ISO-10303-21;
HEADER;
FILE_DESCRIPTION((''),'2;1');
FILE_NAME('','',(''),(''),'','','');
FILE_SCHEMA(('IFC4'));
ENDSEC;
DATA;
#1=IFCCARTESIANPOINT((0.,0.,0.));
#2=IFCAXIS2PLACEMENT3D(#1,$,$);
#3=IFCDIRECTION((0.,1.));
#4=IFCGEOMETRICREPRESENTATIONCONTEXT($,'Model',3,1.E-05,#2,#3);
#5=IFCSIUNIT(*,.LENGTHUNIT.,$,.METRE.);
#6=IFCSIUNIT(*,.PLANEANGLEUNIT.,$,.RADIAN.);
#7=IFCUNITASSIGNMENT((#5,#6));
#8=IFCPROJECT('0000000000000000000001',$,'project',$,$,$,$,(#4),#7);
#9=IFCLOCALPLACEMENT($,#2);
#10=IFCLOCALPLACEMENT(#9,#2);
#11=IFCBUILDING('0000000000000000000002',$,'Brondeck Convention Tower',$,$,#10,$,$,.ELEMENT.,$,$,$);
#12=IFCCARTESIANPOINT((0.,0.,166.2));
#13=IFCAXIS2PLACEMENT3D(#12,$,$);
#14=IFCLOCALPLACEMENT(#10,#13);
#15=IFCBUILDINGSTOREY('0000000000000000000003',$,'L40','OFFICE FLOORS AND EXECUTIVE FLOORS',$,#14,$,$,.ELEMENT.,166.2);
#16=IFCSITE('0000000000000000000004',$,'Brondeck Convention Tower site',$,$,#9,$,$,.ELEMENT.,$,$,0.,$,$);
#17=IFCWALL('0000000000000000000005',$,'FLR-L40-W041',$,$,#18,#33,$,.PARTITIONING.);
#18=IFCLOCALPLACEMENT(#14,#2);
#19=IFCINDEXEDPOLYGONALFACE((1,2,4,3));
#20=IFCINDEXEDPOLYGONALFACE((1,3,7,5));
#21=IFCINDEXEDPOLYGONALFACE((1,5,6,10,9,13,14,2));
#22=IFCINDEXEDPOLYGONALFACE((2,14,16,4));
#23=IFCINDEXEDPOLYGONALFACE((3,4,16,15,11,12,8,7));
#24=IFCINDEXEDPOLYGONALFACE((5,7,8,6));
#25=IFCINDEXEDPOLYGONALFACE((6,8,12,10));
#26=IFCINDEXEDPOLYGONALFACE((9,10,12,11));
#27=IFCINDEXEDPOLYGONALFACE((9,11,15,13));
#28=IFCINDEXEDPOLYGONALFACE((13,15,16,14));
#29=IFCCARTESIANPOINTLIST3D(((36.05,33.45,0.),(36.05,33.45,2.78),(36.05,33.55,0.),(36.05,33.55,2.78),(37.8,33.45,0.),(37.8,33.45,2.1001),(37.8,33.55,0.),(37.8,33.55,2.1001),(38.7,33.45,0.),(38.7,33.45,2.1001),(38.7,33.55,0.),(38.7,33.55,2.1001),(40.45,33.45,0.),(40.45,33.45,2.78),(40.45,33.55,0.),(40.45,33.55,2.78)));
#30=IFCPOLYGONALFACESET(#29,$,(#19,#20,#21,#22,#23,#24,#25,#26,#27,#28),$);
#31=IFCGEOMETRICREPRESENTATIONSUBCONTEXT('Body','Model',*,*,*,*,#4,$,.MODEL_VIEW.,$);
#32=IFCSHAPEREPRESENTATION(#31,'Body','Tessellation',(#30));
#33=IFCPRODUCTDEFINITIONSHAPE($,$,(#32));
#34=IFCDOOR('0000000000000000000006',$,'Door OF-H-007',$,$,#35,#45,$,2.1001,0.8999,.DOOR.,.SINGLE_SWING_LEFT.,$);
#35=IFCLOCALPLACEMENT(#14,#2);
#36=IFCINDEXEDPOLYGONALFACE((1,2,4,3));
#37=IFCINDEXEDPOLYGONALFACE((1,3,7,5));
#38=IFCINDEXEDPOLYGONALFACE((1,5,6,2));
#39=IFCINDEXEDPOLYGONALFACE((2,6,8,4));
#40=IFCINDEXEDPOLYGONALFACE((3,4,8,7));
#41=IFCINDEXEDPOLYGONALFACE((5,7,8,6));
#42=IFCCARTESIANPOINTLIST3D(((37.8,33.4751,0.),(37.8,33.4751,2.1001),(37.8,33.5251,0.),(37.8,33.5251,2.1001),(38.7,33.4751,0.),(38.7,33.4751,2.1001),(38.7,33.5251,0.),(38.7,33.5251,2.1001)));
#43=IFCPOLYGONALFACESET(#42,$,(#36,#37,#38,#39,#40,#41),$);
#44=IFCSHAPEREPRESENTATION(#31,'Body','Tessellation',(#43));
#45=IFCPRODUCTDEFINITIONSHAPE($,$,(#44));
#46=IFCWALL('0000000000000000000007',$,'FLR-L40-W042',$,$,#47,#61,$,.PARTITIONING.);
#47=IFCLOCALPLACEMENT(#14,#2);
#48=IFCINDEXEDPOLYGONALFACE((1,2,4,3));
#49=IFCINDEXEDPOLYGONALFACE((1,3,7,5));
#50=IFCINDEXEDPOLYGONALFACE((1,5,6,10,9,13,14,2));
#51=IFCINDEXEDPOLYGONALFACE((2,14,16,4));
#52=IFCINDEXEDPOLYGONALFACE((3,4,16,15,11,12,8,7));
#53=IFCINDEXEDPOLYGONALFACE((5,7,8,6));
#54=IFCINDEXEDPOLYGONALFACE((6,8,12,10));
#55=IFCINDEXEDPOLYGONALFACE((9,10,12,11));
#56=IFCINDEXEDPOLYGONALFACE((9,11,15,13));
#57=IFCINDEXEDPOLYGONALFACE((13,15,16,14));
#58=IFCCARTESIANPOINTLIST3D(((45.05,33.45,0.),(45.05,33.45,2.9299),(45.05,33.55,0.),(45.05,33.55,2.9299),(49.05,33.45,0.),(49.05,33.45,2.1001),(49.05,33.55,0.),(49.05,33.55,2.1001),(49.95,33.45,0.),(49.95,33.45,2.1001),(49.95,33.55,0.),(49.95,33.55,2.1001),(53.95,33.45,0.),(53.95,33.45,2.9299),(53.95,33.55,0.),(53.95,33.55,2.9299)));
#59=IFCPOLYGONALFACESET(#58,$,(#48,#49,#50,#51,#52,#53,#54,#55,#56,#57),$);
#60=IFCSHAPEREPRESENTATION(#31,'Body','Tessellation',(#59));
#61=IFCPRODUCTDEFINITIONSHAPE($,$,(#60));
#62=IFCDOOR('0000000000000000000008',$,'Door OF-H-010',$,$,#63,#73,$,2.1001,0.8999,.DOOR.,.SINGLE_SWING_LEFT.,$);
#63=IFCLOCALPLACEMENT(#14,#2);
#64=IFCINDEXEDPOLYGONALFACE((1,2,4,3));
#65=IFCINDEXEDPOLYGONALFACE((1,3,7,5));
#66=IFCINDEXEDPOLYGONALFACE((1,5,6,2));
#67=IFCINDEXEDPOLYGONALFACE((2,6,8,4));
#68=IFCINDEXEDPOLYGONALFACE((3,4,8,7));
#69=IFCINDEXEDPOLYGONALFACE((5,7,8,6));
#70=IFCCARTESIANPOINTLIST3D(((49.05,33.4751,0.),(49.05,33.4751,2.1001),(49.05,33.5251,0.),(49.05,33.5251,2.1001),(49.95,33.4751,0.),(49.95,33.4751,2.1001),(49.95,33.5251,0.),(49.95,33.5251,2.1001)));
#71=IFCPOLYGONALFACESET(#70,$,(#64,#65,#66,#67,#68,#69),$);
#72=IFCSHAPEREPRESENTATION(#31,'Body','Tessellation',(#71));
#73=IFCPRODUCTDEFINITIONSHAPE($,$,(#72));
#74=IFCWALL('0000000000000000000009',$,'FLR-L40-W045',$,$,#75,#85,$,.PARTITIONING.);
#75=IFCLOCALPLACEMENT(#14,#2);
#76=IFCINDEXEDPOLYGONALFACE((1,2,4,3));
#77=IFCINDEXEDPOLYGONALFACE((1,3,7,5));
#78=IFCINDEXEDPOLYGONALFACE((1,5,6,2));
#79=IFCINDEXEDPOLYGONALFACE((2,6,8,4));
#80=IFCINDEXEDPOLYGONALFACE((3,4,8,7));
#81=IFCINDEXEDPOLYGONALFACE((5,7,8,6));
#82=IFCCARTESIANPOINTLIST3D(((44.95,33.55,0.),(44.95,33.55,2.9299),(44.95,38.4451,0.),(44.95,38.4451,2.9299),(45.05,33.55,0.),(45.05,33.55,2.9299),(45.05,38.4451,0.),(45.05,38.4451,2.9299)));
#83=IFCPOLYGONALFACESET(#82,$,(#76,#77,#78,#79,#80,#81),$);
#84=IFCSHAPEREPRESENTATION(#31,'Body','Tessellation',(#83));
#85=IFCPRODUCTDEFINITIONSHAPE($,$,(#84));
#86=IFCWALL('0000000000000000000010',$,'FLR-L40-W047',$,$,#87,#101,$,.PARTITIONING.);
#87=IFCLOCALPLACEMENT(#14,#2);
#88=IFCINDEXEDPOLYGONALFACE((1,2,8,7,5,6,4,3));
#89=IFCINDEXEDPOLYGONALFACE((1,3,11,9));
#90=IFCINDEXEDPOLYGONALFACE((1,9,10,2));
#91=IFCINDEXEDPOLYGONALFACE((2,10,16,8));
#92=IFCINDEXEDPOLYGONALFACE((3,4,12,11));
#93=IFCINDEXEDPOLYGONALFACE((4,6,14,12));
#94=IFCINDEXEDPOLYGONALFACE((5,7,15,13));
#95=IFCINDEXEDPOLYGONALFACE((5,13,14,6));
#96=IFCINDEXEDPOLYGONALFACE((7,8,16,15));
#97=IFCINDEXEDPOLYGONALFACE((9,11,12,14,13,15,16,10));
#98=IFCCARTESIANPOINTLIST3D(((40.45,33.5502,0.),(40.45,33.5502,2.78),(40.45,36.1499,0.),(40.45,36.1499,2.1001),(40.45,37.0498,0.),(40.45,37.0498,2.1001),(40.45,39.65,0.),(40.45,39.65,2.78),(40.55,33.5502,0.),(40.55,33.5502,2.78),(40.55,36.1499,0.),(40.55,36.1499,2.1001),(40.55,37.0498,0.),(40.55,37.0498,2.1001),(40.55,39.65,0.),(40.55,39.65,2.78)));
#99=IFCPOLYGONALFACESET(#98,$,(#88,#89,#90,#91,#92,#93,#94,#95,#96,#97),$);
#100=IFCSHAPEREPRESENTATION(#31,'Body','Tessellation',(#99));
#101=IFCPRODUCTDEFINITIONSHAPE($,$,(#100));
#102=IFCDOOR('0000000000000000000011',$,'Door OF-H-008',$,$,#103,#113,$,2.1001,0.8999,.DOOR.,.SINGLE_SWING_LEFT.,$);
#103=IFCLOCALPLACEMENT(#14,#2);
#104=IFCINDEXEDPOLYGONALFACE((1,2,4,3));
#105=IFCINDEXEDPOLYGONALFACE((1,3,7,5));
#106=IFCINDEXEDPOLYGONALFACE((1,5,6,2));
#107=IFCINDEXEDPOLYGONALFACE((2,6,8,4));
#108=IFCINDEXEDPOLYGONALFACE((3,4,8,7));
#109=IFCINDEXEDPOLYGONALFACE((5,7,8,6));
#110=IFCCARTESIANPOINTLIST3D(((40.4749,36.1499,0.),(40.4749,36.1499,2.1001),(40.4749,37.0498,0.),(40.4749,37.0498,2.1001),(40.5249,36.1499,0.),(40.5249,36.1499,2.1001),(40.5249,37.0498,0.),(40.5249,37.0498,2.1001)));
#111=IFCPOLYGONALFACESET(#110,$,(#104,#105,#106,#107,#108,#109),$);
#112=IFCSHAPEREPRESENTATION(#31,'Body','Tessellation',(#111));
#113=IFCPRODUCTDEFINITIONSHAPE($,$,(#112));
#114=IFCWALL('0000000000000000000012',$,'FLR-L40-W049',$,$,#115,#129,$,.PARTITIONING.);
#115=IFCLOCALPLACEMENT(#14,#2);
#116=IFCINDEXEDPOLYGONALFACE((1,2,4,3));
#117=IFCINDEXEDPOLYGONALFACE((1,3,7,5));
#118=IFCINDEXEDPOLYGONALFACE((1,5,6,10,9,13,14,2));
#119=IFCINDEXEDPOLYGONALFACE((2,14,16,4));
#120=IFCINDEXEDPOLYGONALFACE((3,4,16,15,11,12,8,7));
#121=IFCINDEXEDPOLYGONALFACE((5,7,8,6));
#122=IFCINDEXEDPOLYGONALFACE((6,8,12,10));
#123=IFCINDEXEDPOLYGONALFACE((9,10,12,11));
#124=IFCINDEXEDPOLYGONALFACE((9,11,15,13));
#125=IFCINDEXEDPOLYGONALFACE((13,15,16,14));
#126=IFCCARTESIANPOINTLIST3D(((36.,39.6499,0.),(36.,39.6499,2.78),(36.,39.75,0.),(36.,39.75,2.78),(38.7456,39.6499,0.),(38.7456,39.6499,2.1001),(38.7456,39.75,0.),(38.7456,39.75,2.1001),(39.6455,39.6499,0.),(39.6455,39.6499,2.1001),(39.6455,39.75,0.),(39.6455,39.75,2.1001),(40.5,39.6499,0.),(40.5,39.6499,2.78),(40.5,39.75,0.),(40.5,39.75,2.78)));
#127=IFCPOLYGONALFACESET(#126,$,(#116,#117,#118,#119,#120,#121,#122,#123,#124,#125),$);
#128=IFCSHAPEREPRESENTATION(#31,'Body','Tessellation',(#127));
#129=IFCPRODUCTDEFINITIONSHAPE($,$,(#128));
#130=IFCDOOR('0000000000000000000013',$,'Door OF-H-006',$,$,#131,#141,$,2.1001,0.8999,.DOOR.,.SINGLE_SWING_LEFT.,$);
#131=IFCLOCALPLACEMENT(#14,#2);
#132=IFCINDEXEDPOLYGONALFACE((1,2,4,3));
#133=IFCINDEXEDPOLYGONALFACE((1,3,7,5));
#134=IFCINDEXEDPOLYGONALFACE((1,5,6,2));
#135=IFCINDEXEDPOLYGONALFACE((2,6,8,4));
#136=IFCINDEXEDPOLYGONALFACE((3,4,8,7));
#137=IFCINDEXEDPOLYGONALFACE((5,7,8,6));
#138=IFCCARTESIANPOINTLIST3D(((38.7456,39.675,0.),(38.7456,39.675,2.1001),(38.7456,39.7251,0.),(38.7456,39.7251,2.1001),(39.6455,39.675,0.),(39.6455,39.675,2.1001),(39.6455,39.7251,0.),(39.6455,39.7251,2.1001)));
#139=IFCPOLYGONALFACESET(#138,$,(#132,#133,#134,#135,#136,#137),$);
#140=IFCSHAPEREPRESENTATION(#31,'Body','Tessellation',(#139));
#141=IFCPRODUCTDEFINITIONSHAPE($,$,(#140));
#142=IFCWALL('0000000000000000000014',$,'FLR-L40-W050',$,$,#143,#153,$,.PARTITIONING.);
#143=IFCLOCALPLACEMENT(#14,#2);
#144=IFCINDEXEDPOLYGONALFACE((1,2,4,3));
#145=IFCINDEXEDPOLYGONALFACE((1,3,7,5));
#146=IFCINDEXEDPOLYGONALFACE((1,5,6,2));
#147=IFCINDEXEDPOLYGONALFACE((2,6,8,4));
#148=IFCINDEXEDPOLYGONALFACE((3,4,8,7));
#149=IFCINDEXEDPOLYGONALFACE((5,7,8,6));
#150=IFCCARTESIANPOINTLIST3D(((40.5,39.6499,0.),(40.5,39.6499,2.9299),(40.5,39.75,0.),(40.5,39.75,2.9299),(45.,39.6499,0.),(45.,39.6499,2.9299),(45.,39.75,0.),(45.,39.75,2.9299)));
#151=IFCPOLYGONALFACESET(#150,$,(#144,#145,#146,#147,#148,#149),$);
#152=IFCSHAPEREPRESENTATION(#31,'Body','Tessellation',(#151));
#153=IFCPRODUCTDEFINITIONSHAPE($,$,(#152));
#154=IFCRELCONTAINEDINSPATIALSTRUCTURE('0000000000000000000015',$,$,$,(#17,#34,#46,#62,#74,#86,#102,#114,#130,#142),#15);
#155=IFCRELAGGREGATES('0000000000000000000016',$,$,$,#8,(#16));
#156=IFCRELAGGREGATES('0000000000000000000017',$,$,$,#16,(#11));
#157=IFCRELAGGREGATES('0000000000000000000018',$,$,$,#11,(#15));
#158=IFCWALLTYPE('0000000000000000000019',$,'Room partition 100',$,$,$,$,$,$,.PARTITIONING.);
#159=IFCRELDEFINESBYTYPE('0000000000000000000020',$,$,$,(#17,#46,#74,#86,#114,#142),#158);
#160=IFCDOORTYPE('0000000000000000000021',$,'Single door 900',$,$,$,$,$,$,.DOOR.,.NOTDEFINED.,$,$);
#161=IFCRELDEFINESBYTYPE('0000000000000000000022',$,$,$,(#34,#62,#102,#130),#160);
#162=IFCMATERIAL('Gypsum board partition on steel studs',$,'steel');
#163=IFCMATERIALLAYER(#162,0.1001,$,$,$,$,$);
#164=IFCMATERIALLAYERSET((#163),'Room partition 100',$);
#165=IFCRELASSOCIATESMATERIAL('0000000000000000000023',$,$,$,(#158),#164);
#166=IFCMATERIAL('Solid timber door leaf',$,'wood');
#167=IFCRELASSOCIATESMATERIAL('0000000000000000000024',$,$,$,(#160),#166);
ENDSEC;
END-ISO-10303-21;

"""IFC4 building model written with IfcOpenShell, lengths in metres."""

from ifc_helpers import new_model, si_unit, direction, frame, frame_2d, origin, place, context, subcontext, project, spatial, rectangle, extrude, material, layer, layer_set, type_object, element, fill, save


model = new_model("IFC4")

# Units and contexts
model_context = context("Model", 3, precision=1e-05, world=origin(), true_north=direction((0.0, 1.0)))
body_context = subcontext(model_context, "Body", "Model", "MODEL_VIEW")
ifc_project = project(units=[si_unit("LENGTHUNIT", "METRE"), si_unit("PLANEANGLEUNIT", "RADIAN")], contexts=[model_context])

# Site, building, storey
site_placement = place(None, origin())
site = spatial("IfcSite", under=ifc_project, at=site_placement, Name="Brondeck Convention Tower site", CompositionType="ELEMENT", RefElevation=0.0)
building_placement = place(site_placement, origin())
building = spatial("IfcBuilding", under=site, at=building_placement, Name="Brondeck Convention Tower", CompositionType="ELEMENT")
storey_placement = place(building_placement, frame((0.0, 0.0, 166.2)))
storey = spatial("IfcBuildingStorey", under=building, at=storey_placement, Name="L40", Description="OFFICE FLOORS AND EXECUTIVE FLOORS", CompositionType="ELEMENT", Elevation=166.2)

# Shared definitions
ifc_material_1 = material(Name="Gypsum board partition on steel studs", Category="steel")
ifc_layer_1 = layer(ifc_material_1, 0.1001)
ifc_layer_set_1 = layer_set([ifc_layer_1], Name="Room partition 100")
wall_type_1 = type_object("IfcWallType", Name="Room partition 100", PredefinedType="PARTITIONING", material=ifc_layer_set_1)

# Walls, openings, doors
wall_1_placement = place(storey_placement, frame((40.45, 33.5, 0.0), z_axis=(0.0, 0.0, 1.0), x_axis=(-1.0, 0.0, 0.0)))
wall_1 = element("IfcWall", 1, at=wall_1_placement, inside=storey, type_object=wall_type_1, Name="FLR-L40-W041", PredefinedType="PARTITIONING", context=body_context, shape_type="SweptSolid", body=[
    extrude(rectangle(XDim=4.3999, YDim=0.1001, at=frame_2d((2.2, 0.0))), origin(), (0.0, 0.0, 1.0), 2.78),
])
opening_1_placement = place(wall_1_placement, frame((1.75, 0.0, 0.0)))
opening_1 = element("IfcOpeningElement", 2, at=opening_1_placement, cuts=wall_1, PredefinedType="OPENING", context=body_context, shape_type="SweptSolid", body=[
    extrude(rectangle(XDim=0.8999, YDim=2.1001, at=frame_2d((0.45, 1.05))), frame((0.0, 0.0601, 0.0), z_axis=(0.0, -1.0, 0.0), x_axis=(1.0, 0.0, 0.0)), (0.0, 0.0, 1.0), 0.1201),
])
ifc_material_2 = material(Name="Solid timber door leaf", Category="wood")
door_type = type_object("IfcDoorType", Name="Single door 900", OperationType="NOTDEFINED", PredefinedType="DOOR", material=ifc_material_2)
door_1_placement = place(opening_1_placement, origin())
door_1 = element("IfcDoor", 3, at=door_1_placement, inside=storey, type_object=door_type, Name="Door OF-H-007", OperationType="SINGLE_SWING_LEFT", OverallHeight=2.1001, OverallWidth=0.8999, PredefinedType="DOOR", context=body_context, shape_type="SweptSolid", body=[
    extrude(rectangle(XDim=0.8999, YDim=2.1001, at=frame_2d((0.45, 1.05))), frame((0.0, 0.0249, 0.0), z_axis=(0.0, -1.0, 0.0), x_axis=(1.0, 0.0, 0.0)), (0.0, 0.0, 1.0), 0.05),
])
fill(opening_1, door_1)
wall_2_placement = place(storey_placement, frame((53.95, 33.5, 0.0), z_axis=(0.0, 0.0, 1.0), x_axis=(-1.0, 0.0, 0.0)))
wall_2 = element("IfcWall", 4, at=wall_2_placement, inside=storey, type_object=wall_type_1, Name="FLR-L40-W042", PredefinedType="PARTITIONING", context=body_context, shape_type="SweptSolid", body=[
    extrude(rectangle(XDim=8.8999, YDim=0.1001, at=frame_2d((4.45, 0.0))), origin(), (0.0, 0.0, 1.0), 2.9299),
])
opening_2_placement = place(wall_2_placement, frame((4.0, 0.0, 0.0)))
opening_2 = element("IfcOpeningElement", 5, at=opening_2_placement, cuts=wall_2, PredefinedType="OPENING", context=body_context, shape_type="SweptSolid", body=[
    extrude(rectangle(XDim=0.8999, YDim=2.1001, at=frame_2d((0.45, 1.05))), frame((0.0, 0.0601, 0.0), z_axis=(0.0, -1.0, 0.0), x_axis=(1.0, 0.0, 0.0)), (0.0, 0.0, 1.0), 0.1201),
])
door_2_placement = place(opening_2_placement, origin())
door_2 = element("IfcDoor", 6, at=door_2_placement, inside=storey, type_object=door_type, Name="Door OF-H-010", OperationType="SINGLE_SWING_LEFT", OverallHeight=2.1001, OverallWidth=0.8999, PredefinedType="DOOR", context=body_context, shape_type="SweptSolid", body=[
    extrude(rectangle(XDim=0.8999, YDim=2.1001, at=frame_2d((0.45, 1.05))), frame((0.0, 0.0249, 0.0), z_axis=(0.0, -1.0, 0.0), x_axis=(1.0, 0.0, 0.0)), (0.0, 0.0, 1.0), 0.05),
])
fill(opening_2, door_2)

# Wall
wall_3_placement = place(storey_placement, frame((45.0, 38.4451, 0.0), z_axis=(0.0, 0.0, 1.0), x_axis=(0.0, -1.0, 0.0)))
element("IfcWall", 7, at=wall_3_placement, inside=storey, type_object=wall_type_1, Name="FLR-L40-W045", PredefinedType="PARTITIONING", context=body_context, shape_type="SweptSolid", body=[
    extrude(rectangle(XDim=4.895, YDim=0.1001, at=frame_2d((2.4475, 0.0))), origin(), (0.0, 0.0, 1.0), 2.9299),
])

# Walls, openings, doors
wall_4_placement = place(storey_placement, frame((40.5, 39.6499, 0.0), z_axis=(0.0, 0.0, 1.0), x_axis=(0.0, -1.0, 0.0)))
wall_4 = element("IfcWall", 8, at=wall_4_placement, inside=storey, type_object=wall_type_1, Name="FLR-L40-W047", PredefinedType="PARTITIONING", context=body_context, shape_type="SweptSolid", body=[
    extrude(rectangle(XDim=6.0999, YDim=0.1001, at=frame_2d((3.0498, 0.0))), origin(), (0.0, 0.0, 1.0), 2.78),
])
opening_3_placement = place(wall_4_placement, frame((2.6001, 0.0, 0.0)))
opening_3 = element("IfcOpeningElement", 9, at=opening_3_placement, cuts=wall_4, PredefinedType="OPENING", context=body_context, shape_type="SweptSolid", body=[
    extrude(rectangle(XDim=0.8999, YDim=2.1001, at=frame_2d((0.45, 1.05))), frame((0.0, 0.0601, 0.0), z_axis=(0.0, -1.0, 0.0), x_axis=(1.0, 0.0, 0.0)), (0.0, 0.0, 1.0), 0.1201),
])
door_3_placement = place(opening_3_placement, origin())
door_3 = element("IfcDoor", 10, at=door_3_placement, inside=storey, type_object=door_type, Name="Door OF-H-008", OperationType="SINGLE_SWING_LEFT", OverallHeight=2.1001, OverallWidth=0.8999, PredefinedType="DOOR", context=body_context, shape_type="SweptSolid", body=[
    extrude(rectangle(XDim=0.8999, YDim=2.1001, at=frame_2d((0.45, 1.05))), frame((0.0, 0.0249, 0.0), z_axis=(0.0, -1.0, 0.0), x_axis=(1.0, 0.0, 0.0)), (0.0, 0.0, 1.0), 0.05),
])
fill(opening_3, door_3)
wall_5_placement = place(storey_placement, frame((40.5, 39.7, 0.0), z_axis=(0.0, 0.0, 1.0), x_axis=(-1.0, 0.0, 0.0)))
wall_5 = element("IfcWall", 11, at=wall_5_placement, inside=storey, type_object=wall_type_1, Name="FLR-L40-W049", PredefinedType="PARTITIONING", context=body_context, shape_type="SweptSolid", body=[
    extrude(rectangle(XDim=4.5, YDim=0.1001, at=frame_2d((2.25, 0.0))), origin(), (0.0, 0.0, 1.0), 2.78),
])
opening_4_placement = place(wall_5_placement, frame((0.8545, 0.0, 0.0)))
opening_4 = element("IfcOpeningElement", 12, at=opening_4_placement, cuts=wall_5, PredefinedType="OPENING", context=body_context, shape_type="SweptSolid", body=[
    extrude(rectangle(XDim=0.8999, YDim=2.1001, at=frame_2d((0.45, 1.05))), frame((0.0, 0.0601, 0.0), z_axis=(0.0, -1.0, 0.0), x_axis=(1.0, 0.0, 0.0)), (0.0, 0.0, 1.0), 0.1201),
])
door_4_placement = place(opening_4_placement, origin())
door_4 = element("IfcDoor", 13, at=door_4_placement, inside=storey, type_object=door_type, Name="Door OF-H-006", OperationType="SINGLE_SWING_LEFT", OverallHeight=2.1001, OverallWidth=0.8999, PredefinedType="DOOR", context=body_context, shape_type="SweptSolid", body=[
    extrude(rectangle(XDim=0.8999, YDim=2.1001, at=frame_2d((0.45, 1.05))), frame((0.0, 0.0249, 0.0), z_axis=(0.0, -1.0, 0.0), x_axis=(1.0, 0.0, 0.0)), (0.0, 0.0, 1.0), 0.05),
])
fill(opening_4, door_4)

# Wall
wall_6_placement = place(storey_placement, frame((45.0, 39.7, 0.0), z_axis=(0.0, 0.0, 1.0), x_axis=(-1.0, 0.0, 0.0)))
element("IfcWall", 14, at=wall_6_placement, inside=storey, type_object=wall_type_1, Name="FLR-L40-W050", PredefinedType="PARTITIONING", context=body_context, shape_type="SweptSolid", body=[
    extrude(rectangle(XDim=4.5, YDim=0.1001, at=frame_2d((2.25, 0.0))), origin(), (0.0, 0.0, 1.0), 2.9299),
])

save(model, "model.ifc")
